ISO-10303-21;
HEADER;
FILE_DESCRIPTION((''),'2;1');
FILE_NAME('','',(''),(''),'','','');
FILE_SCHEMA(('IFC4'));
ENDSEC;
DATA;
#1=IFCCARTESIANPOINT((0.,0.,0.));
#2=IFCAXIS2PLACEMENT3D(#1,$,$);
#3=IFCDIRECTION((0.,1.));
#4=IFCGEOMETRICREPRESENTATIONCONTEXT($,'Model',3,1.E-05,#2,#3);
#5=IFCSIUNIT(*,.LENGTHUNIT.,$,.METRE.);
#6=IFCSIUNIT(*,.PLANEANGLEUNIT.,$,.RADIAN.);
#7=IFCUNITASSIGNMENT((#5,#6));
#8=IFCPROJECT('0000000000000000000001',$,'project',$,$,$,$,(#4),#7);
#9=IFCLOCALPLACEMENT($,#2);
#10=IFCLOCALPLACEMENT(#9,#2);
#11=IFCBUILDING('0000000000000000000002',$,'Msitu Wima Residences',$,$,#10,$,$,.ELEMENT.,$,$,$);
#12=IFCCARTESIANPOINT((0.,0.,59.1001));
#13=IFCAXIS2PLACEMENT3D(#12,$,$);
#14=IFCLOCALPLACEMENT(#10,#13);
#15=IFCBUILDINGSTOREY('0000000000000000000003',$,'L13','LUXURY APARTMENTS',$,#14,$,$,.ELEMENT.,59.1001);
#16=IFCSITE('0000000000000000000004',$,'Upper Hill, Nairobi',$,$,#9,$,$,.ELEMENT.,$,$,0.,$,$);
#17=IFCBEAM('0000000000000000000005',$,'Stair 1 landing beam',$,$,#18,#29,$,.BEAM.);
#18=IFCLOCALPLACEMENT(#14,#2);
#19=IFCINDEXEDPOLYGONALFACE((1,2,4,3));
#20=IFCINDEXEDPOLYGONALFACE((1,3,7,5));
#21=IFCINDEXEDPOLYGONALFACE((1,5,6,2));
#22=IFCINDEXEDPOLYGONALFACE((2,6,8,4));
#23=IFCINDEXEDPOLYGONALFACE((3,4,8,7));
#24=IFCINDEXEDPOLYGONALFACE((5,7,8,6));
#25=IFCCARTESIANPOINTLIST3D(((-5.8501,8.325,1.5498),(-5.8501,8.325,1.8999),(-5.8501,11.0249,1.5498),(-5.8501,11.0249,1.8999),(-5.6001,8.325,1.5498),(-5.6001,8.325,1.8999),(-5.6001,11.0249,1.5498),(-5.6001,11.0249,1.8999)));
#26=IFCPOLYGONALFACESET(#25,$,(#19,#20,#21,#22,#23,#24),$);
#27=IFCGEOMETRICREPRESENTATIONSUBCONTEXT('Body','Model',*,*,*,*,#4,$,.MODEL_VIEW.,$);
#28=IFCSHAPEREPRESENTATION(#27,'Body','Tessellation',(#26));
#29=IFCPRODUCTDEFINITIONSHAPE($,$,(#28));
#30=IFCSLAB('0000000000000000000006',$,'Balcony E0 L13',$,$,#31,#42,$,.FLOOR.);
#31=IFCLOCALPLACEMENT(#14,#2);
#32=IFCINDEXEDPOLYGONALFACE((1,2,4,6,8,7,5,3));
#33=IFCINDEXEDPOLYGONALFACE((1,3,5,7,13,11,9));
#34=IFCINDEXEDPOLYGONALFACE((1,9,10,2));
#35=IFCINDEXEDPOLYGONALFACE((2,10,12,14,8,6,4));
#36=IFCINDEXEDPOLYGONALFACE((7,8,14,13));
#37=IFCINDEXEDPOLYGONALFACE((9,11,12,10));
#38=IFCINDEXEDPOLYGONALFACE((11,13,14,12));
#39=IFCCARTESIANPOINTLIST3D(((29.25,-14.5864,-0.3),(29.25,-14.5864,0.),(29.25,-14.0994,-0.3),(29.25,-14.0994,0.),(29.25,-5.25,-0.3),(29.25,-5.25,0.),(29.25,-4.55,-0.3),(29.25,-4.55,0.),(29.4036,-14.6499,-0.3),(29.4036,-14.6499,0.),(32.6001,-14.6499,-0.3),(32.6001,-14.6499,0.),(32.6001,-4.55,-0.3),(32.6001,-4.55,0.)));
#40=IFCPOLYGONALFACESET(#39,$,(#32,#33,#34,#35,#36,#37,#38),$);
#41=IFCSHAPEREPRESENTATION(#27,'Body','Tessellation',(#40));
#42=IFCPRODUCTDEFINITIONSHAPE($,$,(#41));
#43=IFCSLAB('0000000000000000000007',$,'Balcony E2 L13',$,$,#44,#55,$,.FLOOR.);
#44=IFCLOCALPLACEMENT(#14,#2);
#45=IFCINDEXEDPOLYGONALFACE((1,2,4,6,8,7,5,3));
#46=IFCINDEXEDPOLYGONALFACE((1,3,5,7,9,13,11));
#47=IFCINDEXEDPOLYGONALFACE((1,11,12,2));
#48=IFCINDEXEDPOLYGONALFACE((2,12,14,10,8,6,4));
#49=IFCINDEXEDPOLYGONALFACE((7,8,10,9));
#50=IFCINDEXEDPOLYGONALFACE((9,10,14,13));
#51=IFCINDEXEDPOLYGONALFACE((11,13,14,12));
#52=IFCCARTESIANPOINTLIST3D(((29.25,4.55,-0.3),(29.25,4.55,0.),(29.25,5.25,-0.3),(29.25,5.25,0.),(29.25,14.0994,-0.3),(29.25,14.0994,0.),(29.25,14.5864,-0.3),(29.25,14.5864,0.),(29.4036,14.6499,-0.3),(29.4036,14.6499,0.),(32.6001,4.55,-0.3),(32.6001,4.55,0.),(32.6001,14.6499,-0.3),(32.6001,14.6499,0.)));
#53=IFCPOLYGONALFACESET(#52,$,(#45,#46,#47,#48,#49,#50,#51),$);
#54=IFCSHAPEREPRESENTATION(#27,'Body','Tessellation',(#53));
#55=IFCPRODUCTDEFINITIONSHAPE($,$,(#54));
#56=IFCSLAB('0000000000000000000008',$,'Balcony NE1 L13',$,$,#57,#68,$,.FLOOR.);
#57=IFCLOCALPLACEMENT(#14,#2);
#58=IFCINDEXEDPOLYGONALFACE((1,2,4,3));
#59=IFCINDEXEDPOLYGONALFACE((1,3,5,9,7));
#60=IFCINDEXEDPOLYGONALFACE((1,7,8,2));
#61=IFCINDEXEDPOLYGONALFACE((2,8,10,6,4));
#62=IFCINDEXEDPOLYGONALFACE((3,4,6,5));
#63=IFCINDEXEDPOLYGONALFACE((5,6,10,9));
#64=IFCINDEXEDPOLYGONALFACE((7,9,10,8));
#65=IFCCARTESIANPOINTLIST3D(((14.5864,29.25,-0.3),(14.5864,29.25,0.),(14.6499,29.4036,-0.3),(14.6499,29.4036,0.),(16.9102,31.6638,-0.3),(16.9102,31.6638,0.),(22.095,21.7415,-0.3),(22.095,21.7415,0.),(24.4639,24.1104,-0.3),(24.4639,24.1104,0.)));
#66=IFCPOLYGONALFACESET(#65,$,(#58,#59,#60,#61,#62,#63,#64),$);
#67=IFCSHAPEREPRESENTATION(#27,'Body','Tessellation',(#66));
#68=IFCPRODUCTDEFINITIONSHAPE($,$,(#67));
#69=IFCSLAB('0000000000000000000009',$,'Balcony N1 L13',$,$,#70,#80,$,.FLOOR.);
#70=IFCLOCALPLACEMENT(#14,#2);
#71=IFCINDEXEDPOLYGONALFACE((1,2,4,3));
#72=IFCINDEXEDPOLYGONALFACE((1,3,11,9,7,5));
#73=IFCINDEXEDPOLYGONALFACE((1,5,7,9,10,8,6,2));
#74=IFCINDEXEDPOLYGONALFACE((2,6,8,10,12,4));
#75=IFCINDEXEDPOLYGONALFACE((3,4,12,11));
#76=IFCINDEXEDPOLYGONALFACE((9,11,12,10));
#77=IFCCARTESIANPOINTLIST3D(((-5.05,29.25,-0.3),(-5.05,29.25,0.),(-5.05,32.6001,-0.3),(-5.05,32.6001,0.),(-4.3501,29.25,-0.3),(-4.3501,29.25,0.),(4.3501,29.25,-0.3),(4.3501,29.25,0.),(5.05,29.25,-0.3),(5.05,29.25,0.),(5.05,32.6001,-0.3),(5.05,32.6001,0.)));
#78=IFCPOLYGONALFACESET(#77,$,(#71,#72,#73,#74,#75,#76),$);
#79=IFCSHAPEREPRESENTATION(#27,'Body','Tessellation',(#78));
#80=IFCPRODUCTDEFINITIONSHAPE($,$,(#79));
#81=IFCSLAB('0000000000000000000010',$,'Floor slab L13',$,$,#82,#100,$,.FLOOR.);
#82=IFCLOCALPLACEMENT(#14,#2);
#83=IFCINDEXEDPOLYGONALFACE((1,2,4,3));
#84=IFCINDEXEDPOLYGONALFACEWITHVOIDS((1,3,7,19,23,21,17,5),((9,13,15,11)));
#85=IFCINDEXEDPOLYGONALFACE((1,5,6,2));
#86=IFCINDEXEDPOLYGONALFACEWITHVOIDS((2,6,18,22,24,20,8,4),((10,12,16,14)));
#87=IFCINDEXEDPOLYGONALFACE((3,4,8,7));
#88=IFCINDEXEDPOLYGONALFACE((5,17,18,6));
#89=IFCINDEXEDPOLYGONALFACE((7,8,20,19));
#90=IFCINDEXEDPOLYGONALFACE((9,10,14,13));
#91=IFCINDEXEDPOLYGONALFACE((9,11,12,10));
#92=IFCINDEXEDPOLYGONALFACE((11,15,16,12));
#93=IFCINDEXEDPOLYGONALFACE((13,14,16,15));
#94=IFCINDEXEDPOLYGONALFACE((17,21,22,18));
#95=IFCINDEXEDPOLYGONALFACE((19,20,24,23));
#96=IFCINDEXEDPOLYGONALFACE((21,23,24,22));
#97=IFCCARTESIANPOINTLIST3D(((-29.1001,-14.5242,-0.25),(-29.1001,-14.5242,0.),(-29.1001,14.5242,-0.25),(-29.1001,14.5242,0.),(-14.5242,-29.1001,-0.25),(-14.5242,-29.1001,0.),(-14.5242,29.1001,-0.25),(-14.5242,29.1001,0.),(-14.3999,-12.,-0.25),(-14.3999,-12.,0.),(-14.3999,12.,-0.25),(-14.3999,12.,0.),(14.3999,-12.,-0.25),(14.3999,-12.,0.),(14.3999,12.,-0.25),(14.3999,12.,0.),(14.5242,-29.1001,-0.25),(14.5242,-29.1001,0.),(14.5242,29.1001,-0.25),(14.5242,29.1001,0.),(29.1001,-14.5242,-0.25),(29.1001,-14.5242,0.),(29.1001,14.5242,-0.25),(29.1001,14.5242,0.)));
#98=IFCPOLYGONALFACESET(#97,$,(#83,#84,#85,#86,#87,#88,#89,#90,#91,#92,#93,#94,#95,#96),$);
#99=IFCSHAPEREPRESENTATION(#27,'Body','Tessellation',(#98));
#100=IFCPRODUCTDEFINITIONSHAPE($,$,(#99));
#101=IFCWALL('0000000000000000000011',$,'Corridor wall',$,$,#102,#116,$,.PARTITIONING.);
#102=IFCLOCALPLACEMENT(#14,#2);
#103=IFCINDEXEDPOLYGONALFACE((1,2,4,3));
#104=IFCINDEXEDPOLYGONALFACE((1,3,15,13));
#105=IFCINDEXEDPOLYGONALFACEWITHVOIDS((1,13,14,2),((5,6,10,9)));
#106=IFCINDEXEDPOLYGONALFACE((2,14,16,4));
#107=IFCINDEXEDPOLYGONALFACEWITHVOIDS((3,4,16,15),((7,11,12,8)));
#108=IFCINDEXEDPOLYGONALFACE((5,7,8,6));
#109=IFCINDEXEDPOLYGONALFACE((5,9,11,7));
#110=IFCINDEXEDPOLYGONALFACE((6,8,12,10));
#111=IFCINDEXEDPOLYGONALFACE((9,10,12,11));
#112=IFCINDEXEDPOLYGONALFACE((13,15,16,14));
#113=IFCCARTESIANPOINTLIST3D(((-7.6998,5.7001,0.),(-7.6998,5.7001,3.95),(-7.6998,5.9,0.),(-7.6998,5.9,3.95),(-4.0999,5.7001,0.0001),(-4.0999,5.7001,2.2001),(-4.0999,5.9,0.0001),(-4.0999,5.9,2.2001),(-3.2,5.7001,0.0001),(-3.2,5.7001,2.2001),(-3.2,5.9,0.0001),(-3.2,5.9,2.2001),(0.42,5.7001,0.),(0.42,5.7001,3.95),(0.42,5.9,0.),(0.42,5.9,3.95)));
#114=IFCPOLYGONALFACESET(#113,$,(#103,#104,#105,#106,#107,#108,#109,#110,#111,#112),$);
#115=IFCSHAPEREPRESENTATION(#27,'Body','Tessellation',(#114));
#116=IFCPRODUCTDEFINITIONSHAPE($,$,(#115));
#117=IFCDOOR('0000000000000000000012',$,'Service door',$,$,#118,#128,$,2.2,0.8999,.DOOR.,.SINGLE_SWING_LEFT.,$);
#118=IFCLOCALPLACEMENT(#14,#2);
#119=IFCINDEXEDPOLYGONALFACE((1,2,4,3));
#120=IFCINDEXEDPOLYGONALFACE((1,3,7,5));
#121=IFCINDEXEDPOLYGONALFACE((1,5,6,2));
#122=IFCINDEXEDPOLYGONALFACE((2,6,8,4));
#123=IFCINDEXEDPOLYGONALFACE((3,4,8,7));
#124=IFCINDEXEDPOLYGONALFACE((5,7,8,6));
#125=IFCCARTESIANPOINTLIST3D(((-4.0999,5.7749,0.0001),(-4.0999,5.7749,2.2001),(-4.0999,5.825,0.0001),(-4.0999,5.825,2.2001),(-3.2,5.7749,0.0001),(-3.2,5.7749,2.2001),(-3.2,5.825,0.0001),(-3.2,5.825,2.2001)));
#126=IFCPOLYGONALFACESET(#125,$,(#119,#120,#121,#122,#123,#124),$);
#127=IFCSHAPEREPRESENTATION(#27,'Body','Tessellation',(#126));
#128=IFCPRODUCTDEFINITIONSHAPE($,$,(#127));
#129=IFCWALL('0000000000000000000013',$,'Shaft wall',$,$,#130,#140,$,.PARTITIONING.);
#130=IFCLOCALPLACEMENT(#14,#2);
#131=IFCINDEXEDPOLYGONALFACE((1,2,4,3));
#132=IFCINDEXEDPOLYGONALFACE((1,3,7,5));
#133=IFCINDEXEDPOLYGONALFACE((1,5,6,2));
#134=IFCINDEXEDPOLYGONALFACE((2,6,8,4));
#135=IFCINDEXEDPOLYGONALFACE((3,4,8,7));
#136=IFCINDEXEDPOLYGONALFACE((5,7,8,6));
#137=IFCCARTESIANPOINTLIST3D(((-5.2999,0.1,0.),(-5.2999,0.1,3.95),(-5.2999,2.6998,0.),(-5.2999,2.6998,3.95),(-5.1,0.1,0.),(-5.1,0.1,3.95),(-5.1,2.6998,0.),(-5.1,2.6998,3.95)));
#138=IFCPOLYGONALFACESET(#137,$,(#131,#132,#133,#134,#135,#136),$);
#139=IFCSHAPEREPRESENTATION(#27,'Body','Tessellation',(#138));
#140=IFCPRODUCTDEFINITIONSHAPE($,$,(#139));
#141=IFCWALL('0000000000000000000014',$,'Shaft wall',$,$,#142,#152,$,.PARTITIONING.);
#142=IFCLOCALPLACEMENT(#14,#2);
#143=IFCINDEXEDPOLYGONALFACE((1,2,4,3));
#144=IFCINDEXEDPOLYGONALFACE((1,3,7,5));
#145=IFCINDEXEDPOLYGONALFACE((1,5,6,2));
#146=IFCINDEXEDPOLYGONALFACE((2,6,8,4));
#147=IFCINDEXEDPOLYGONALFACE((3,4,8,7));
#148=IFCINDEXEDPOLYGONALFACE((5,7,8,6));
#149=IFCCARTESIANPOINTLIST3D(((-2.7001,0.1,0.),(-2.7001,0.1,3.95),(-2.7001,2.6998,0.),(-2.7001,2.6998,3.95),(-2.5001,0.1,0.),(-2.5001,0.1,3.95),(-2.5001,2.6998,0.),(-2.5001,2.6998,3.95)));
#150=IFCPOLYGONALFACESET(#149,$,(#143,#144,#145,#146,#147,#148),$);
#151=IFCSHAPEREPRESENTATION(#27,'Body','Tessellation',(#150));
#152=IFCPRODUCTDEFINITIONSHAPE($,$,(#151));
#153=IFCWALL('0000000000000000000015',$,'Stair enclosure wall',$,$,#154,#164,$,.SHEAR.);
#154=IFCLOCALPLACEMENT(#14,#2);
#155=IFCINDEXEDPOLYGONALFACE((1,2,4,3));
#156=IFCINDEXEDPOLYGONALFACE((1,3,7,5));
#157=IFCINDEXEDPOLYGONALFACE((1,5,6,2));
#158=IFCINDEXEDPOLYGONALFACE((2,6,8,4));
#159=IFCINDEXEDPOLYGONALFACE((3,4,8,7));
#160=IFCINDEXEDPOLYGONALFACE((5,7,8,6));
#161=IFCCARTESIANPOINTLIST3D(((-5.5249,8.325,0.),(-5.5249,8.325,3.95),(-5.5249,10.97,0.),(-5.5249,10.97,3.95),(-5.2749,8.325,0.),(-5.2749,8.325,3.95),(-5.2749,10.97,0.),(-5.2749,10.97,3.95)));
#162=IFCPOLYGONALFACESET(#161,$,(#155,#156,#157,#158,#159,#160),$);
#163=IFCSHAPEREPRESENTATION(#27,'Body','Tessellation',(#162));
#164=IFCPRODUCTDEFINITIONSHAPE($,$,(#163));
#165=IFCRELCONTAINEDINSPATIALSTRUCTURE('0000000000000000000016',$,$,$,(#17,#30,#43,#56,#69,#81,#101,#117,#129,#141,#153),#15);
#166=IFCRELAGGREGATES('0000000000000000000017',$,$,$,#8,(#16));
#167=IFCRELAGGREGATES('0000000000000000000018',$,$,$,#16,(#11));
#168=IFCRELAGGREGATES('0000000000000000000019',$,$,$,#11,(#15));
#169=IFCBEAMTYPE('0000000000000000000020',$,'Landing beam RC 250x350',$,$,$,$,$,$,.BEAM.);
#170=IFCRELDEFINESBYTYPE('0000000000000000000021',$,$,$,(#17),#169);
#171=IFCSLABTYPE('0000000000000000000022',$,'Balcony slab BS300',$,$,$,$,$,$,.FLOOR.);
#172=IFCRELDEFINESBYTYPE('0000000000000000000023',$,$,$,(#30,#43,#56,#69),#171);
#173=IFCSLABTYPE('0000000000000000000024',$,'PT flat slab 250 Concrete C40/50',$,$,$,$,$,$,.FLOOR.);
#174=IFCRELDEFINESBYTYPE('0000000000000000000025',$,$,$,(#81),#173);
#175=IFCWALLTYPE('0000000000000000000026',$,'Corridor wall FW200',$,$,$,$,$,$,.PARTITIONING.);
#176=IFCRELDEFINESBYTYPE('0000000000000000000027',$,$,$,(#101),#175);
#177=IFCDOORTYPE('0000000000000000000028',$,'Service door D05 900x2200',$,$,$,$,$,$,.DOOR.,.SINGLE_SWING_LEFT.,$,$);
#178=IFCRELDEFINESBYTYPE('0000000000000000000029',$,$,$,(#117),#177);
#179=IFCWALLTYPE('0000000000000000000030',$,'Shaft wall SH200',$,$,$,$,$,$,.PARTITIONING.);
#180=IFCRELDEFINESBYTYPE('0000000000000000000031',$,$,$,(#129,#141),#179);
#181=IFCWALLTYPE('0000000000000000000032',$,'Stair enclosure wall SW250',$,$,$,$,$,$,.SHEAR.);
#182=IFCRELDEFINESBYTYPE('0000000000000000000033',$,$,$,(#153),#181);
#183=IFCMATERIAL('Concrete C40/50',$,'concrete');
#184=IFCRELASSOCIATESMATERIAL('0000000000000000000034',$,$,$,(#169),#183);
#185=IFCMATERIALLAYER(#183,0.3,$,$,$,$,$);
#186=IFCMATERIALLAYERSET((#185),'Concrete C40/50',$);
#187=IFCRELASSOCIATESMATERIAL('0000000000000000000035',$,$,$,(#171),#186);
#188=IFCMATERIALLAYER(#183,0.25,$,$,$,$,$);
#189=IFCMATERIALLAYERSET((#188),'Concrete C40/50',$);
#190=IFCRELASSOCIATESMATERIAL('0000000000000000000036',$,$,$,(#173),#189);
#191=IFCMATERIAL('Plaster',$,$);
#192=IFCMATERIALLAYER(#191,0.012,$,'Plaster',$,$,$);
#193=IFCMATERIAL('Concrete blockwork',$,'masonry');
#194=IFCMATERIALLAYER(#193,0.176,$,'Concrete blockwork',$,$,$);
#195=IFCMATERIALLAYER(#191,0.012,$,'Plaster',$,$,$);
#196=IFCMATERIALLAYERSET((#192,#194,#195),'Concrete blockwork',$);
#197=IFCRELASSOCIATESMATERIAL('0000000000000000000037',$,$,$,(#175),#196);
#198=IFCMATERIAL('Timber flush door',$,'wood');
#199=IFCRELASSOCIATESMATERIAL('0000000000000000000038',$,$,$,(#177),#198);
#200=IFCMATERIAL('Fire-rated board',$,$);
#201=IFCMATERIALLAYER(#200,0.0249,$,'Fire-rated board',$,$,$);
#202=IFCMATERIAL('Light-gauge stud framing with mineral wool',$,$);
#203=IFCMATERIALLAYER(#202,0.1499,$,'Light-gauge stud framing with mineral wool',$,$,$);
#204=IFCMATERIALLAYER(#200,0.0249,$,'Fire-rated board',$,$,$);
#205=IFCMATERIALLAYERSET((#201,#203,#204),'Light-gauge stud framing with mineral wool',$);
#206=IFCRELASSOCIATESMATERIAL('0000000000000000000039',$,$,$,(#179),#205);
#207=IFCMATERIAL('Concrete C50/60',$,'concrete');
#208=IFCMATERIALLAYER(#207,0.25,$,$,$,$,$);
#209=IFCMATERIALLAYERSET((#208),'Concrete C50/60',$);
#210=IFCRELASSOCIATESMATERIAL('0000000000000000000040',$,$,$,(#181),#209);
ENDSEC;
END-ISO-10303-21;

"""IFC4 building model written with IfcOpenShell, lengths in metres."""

from ifc_helpers import new_model, si_unit, direction, frame, frame_2d, origin, origin_2d, place, context, subcontext, project, spatial, polyline, rectangle, outline, extrude, material, layer, layer_set, material_profile, profile_set, type_object, element, fill, save


model = new_model("IFC4")

# Units and contexts
model_context = context("Model", 3, precision=1e-05, world=origin(), true_north=direction((0.0, 1.0)))
body_context = subcontext(model_context, "Body", "Model", "MODEL_VIEW")
ifc_project = project(units=[si_unit("LENGTHUNIT", "METRE"), si_unit("PLANEANGLEUNIT", "RADIAN")], contexts=[model_context])

# Site, building, storey
site_placement = place(None, origin())
site = spatial("IfcSite", under=ifc_project, at=site_placement, Name="Upper Hill, Nairobi", CompositionType="ELEMENT", RefElevation=0.0)
building_placement = place(site_placement, origin())
building = spatial("IfcBuilding", under=site, at=building_placement, Name="Msitu Wima Residences", CompositionType="ELEMENT")
storey_placement = place(building_placement, frame((0.0, 0.0, 59.1001)))
storey = spatial("IfcBuildingStorey", under=building, at=storey_placement, Name="L13", Description="LUXURY APARTMENTS", CompositionType="ELEMENT", Elevation=59.1001)

# Beam
ifc_material_1 = material(Name="Concrete C40/50", Category="concrete")
ifc_material_profile = material_profile(ifc_material_1, rectangle(XDim=0.25, YDim=0.3501, at=origin_2d()), Name="RC 250x350")
ifc_profile_set = profile_set([ifc_material_profile], Name="Concrete C40/50")
beam_type = type_object("IfcBeamType", Name="Landing beam RC 250x350", PredefinedType="BEAM", material=ifc_profile_set)
beam_placement = place(storey_placement, frame((-5.7251, 8.325, 1.7249), z_axis=(0.0, 1.0, 0.0), x_axis=(-1.0, 0.0, 0.0)))
element("IfcBeam", 1, at=beam_placement, inside=storey, type_object=beam_type, Name="Stair 1 landing beam", PredefinedType="BEAM", context=body_context, shape_type="SweptSolid", body=[
    extrude(rectangle(XDim=0.25, YDim=0.3501, at=origin_2d()), origin(), (0.0, 0.0, 1.0), 2.7),
])

# Slabs
ifc_layer_1 = layer(ifc_material_1, 0.3)
ifc_layer_set_1 = layer_set([ifc_layer_1], Name="Concrete C40/50")
slab_type_1 = type_object("IfcSlabType", Name="Balcony slab BS300", PredefinedType="FLOOR", material=ifc_layer_set_1)
slab_1_placement = place(storey_placement, frame((0.0, 0.0, -0.3)))
element("IfcSlab", 2, at=slab_1_placement, inside=storey, type_object=slab_type_1, Name="Balcony E0 L13", PredefinedType="FLOOR", context=body_context, shape_type="SweptSolid", body=[
    extrude(outline(polyline([(29.25, -14.0994), (29.25, -14.0994), (29.25, -5.25), (29.25, -4.55), (32.6001, -4.55), (32.6001, -14.6499), (29.4036, -14.6499), (29.25, -14.5864), (29.25, -14.0994), (29.25, -14.0994)])), origin(), (0.0, 0.0, 1.0), 0.3),
])
slab_2_placement = place(storey_placement, frame((0.0, 0.0, -0.3)))
element("IfcSlab", 3, at=slab_2_placement, inside=storey, type_object=slab_type_1, Name="Balcony E2 L13", PredefinedType="FLOOR", context=body_context, shape_type="SweptSolid", body=[
    extrude(outline(polyline([(29.25, 14.0994), (29.25, 14.0994), (29.25, 14.0994), (29.25, 14.5864), (29.4036, 14.6499), (32.6001, 14.6499), (32.6001, 4.55), (29.25, 4.55), (29.25, 5.25), (29.25, 14.0994)])), origin(), (0.0, 0.0, 1.0), 0.3),
])
slab_3_placement = place(storey_placement, frame((0.0, 0.0, -0.3)))
element("IfcSlab", 4, at=slab_3_placement, inside=storey, type_object=slab_type_1, Name="Balcony NE1 L13", PredefinedType="FLOOR", context=body_context, shape_type="SweptSolid", body=[
    extrude(outline(polyline([(16.9102, 31.6638), (24.4639, 24.1104), (22.095, 21.7415), (14.5864, 29.25), (14.6499, 29.4036), (16.9102, 31.6638)])), origin(), (0.0, 0.0, 1.0), 0.3),
])
slab_4_placement = place(storey_placement, frame((0.0, 0.0, -0.3)))
element("IfcSlab", 5, at=slab_4_placement, inside=storey, type_object=slab_type_1, Name="Balcony N1 L13", PredefinedType="FLOOR", context=body_context, shape_type="SweptSolid", body=[
    extrude(outline(polyline([(4.3501, 29.25), (-4.3501, 29.25), (-5.05, 29.25), (-5.05, 32.6001), (5.05, 32.6001), (5.05, 29.25), (4.3501, 29.25)])), origin(), (0.0, 0.0, 1.0), 0.3),
])
ifc_layer_2 = layer(ifc_material_1, 0.25)
ifc_layer_set_2 = layer_set([ifc_layer_2], Name="Concrete C40/50")
slab_type_2 = type_object("IfcSlabType", Name="PT flat slab 250 Concrete C40/50", PredefinedType="FLOOR", material=ifc_layer_set_2)
slab_5_placement = place(storey_placement, frame((0.0, 0.0, -0.25)))
element("IfcSlab", 6, at=slab_5_placement, inside=storey, type_object=slab_type_2, Name="Floor slab L13", PredefinedType="FLOOR", context=body_context, shape_type="SweptSolid", body=[
    extrude(outline(polyline([(29.1001, -14.5242), (14.5242, -29.1001), (-14.5242, -29.1001), (-29.1001, -14.5242), (-29.1001, 14.5242), (-14.5242, 29.1001), (14.5242, 29.1001), (29.1001, 14.5242), (29.1001, -14.5242)]), holes=[polyline([(-14.3999, -12.0), (14.3999, -12.0), (14.3999, 12.0), (-14.3999, 12.0), (-14.3999, -12.0)])]), origin(), (0.0, 0.0, 1.0), 0.25),
])

# Wall, opening, door
ifc_material_2 = material(Name="Plaster")
ifc_layer_3 = layer(ifc_material_2, 0.012, Name="Plaster")
ifc_material_3 = material(Name="Concrete blockwork", Category="masonry")
ifc_layer_4 = layer(ifc_material_3, 0.176, Name="Concrete blockwork")
ifc_layer_5 = layer(ifc_material_2, 0.012, Name="Plaster")
ifc_layer_set_3 = layer_set([ifc_layer_3, ifc_layer_4, ifc_layer_5], Name="Concrete blockwork")
wall_type_1 = type_object("IfcWallType", Name="Corridor wall FW200", PredefinedType="PARTITIONING", material=ifc_layer_set_3)
wall_1_placement = place(storey_placement, frame((-7.7, 5.8, 0.0), z_axis=(0.0, 0.0, 1.0), x_axis=(1.0, 0.0, 0.0)))
wall_1 = element("IfcWall", 7, at=wall_1_placement, inside=storey, type_object=wall_type_1, Name="Corridor wall", PredefinedType="PARTITIONING", context=body_context, shape_type="SweptSolid", body=[
    extrude(rectangle(XDim=8.1199, YDim=0.2, at=frame_2d((4.0601, 0.0))), origin(), (0.0, 0.0, 1.0), 3.95),
])
opening_1_placement = place(wall_1_placement, frame((3.6001, 0.0, 0.0)))
opening_1 = element("IfcOpeningElement", 8, at=opening_1_placement, cuts=wall_1, PredefinedType="OPENING", context=body_context, shape_type="SweptSolid", body=[
    extrude(rectangle(XDim=0.8999, YDim=2.2, at=frame_2d((0.45, 1.1001))), frame((0.0, 0.1099, 0.0), z_axis=(0.0, -1.0, 0.0), x_axis=(1.0, 0.0, 0.0)), (0.0, 0.0, 1.0), 0.22),
])
ifc_material_4 = material(Name="Timber flush door", Category="wood")
door_type_1 = type_object("IfcDoorType", Name="Service door D05 900x2200", OperationType="SINGLE_SWING_LEFT", PredefinedType="DOOR", material=ifc_material_4)
door_1_placement = place(opening_1_placement, origin())
door_1 = element("IfcDoor", 9, at=door_1_placement, inside=storey, type_object=door_type_1, Name="Service door", OperationType="SINGLE_SWING_LEFT", OverallHeight=2.2, OverallWidth=0.8999, PredefinedType="DOOR", context=body_context, shape_type="SweptSolid", body=[
    extrude(rectangle(XDim=0.8999, YDim=2.2, at=frame_2d((0.45, 1.1001))), frame((0.0, 0.0249, 0.0), z_axis=(0.0, -1.0, 0.0), x_axis=(1.0, 0.0, 0.0)), (0.0, 0.0, 1.0), 0.05),
])
fill(opening_1, door_1)

# Walls
ifc_material_5 = material(Name="Fire-rated board")
ifc_layer_6 = layer(ifc_material_5, 0.0249, Name="Fire-rated board")
ifc_material_6 = material(Name="Light-gauge stud framing with mineral wool")
ifc_layer_7 = layer(ifc_material_6, 0.1499, Name="Light-gauge stud framing with mineral wool")
ifc_layer_8 = layer(ifc_material_5, 0.0249, Name="Fire-rated board")
ifc_layer_set_4 = layer_set([ifc_layer_6, ifc_layer_7, ifc_layer_8], Name="Light-gauge stud framing with mineral wool")
wall_type_2 = type_object("IfcWallType", Name="Shaft wall SH200", PredefinedType="PARTITIONING", material=ifc_layer_set_4)
for number, where, z_axis, x_axis, name in (
    (10, (-5.2, 0.1001, 0.0), (0.0, 0.0, 1.0), (0.0, 1.0, 0.0), "Shaft wall"),
    (11, (-2.6001, 0.1001, 0.0), (0.0, 0.0, 1.0), (0.0, 1.0, 0.0), "Shaft wall"),
):
    element("IfcWall", number, at=place(storey_placement, frame(where, z_axis=z_axis, x_axis=x_axis)), inside=storey, type_object=wall_type_2, Name=name, PredefinedType="PARTITIONING", context=body_context, shape_type="SweptSolid", body=[
        extrude(rectangle(XDim=2.5999, YDim=0.2, at=frame_2d((1.2998, 0.0))), origin(), (0.0, 0.0, 1.0), 3.95),
    ])
ifc_material_7 = material(Name="Concrete C50/60", Category="concrete")
ifc_layer_9 = layer(ifc_material_7, 0.25)
ifc_layer_set_5 = layer_set([ifc_layer_9], Name="Concrete C50/60")
wall_type_3 = type_object("IfcWallType", Name="Stair enclosure wall SW250", PredefinedType="SHEAR", material=ifc_layer_set_5)
wall_2_placement = place(storey_placement, frame((-5.3999, 8.325, 0.0), z_axis=(0.0, 0.0, 1.0), x_axis=(0.0, 1.0, 0.0)))
element("IfcWall", 12, at=wall_2_placement, inside=storey, type_object=wall_type_3, Name="Stair enclosure wall", PredefinedType="SHEAR", context=body_context, shape_type="SweptSolid", body=[
    extrude(rectangle(XDim=2.645, YDim=0.25, at=frame_2d((1.3225, 0.0))), origin(), (0.0, 0.0, 1.0), 3.95),
])

save(model, "model.ifc")
